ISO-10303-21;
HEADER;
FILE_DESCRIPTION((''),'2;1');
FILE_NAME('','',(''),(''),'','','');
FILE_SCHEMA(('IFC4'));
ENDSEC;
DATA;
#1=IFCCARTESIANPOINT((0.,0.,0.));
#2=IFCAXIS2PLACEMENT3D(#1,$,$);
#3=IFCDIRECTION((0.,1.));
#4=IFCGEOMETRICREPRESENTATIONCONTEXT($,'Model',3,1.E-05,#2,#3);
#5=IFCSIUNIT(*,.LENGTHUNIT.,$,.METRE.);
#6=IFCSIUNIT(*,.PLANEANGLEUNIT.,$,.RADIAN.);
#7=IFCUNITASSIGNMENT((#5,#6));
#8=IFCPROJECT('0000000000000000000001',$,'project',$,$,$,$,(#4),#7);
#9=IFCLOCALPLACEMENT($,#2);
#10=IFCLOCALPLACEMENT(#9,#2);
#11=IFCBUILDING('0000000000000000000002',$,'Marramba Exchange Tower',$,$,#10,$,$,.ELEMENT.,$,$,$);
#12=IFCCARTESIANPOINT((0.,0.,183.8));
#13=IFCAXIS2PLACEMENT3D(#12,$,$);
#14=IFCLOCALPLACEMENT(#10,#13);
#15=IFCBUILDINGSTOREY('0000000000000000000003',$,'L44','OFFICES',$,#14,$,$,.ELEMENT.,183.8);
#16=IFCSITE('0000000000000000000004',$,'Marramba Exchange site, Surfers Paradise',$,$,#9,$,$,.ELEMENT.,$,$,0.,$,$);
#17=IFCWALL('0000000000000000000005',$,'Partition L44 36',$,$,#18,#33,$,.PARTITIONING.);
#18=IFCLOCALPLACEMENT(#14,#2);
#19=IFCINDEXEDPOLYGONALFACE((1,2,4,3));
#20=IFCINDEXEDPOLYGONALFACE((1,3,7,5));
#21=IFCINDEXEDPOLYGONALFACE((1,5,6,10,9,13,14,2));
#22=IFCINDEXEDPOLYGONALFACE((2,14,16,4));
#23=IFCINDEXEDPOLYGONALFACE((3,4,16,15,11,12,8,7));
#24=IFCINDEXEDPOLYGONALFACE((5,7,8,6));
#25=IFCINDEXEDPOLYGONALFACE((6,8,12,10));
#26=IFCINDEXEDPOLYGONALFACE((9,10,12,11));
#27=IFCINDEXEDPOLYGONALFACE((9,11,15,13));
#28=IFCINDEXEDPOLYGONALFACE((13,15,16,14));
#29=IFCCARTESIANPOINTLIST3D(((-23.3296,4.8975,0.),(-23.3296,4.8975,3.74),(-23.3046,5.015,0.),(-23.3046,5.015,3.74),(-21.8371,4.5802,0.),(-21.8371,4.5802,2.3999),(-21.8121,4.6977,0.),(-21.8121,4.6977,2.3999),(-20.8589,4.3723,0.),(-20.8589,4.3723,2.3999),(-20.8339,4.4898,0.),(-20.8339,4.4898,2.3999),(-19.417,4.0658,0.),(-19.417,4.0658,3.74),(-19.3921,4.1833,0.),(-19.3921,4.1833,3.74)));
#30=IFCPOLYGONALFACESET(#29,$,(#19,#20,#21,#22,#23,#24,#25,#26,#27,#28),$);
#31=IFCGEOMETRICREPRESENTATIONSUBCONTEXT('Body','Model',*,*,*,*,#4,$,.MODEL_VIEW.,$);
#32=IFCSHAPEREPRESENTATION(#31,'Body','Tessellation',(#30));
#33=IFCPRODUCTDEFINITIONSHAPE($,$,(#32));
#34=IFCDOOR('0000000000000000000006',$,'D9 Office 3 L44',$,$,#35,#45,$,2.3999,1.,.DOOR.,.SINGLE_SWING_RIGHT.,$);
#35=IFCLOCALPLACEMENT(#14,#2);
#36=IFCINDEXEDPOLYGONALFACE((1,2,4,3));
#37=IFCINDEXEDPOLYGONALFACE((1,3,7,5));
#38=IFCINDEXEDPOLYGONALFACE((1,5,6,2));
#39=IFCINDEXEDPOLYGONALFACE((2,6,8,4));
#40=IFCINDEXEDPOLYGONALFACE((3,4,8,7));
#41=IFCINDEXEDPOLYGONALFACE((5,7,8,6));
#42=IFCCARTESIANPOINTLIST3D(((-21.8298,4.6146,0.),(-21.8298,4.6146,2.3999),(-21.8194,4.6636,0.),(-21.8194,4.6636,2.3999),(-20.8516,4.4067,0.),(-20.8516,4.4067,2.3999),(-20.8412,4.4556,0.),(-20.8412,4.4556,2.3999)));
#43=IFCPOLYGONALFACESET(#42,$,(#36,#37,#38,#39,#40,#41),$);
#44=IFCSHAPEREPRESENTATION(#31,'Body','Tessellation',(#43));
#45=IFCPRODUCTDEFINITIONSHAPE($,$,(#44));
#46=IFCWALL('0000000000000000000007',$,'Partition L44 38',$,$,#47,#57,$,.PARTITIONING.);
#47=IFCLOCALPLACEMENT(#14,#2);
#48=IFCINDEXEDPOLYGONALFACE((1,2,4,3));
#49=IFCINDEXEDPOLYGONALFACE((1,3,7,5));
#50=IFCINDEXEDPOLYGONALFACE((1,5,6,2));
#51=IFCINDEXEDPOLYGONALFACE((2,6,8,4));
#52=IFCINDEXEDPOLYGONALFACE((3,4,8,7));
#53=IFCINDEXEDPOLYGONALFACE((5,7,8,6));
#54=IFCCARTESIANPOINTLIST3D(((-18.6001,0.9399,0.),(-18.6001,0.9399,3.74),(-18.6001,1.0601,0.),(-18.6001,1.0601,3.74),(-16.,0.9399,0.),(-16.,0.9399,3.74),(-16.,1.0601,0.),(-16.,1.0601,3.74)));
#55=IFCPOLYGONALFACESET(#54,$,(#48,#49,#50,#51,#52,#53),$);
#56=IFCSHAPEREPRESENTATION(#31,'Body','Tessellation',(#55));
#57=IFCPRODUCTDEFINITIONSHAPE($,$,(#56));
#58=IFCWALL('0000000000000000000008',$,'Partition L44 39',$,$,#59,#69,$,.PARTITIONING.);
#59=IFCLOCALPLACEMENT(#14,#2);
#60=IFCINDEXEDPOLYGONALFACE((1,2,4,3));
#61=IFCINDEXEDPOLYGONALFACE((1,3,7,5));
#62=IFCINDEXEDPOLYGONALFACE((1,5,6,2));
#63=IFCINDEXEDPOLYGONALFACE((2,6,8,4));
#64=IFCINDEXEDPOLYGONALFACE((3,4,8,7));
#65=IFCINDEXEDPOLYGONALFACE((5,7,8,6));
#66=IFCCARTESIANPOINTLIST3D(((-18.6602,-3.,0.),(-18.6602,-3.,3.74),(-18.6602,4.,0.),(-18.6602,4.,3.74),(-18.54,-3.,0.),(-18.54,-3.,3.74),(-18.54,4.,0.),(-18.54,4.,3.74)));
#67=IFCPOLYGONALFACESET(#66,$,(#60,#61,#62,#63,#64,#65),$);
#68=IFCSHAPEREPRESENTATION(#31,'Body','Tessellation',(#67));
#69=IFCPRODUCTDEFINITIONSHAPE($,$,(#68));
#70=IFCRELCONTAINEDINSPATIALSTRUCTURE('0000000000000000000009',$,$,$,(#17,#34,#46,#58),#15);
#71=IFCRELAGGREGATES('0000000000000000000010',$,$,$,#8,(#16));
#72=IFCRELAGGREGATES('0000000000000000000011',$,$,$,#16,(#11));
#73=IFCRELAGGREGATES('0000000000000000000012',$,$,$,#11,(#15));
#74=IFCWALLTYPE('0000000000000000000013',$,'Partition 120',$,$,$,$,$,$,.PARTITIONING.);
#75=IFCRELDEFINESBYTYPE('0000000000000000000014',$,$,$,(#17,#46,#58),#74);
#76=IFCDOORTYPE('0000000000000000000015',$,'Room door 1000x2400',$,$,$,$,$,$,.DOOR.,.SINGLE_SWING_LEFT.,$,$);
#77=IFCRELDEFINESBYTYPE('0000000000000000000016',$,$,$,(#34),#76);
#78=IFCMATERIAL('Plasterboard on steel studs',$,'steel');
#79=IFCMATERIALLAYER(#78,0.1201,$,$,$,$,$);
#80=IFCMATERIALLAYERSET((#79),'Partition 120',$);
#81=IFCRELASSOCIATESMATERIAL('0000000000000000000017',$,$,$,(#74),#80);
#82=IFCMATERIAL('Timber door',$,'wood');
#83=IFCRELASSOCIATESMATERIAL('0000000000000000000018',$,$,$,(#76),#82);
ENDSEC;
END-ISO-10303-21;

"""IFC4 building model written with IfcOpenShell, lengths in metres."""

from ifc_helpers import new_model, si_unit, direction, frame, frame_2d, origin, place, context, subcontext, project, spatial, rectangle, extrude, material, layer, layer_set, type_object, element, fill, save


model = new_model("IFC4")

# Units and contexts
model_context = context("Model", 3, precision=1e-05, world=origin(), true_north=direction((0.0, 1.0)))
body_context = subcontext(model_context, "Body", "Model", "MODEL_VIEW")
ifc_project = project(units=[si_unit("LENGTHUNIT", "METRE"), si_unit("PLANEANGLEUNIT", "RADIAN")], contexts=[model_context])

# Site, building, storey
site_placement = place(None, origin())
site = spatial("IfcSite", under=ifc_project, at=site_placement, Name="Marramba Exchange site, Surfers Paradise", CompositionType="ELEMENT", RefElevation=0.0)
building_placement = place(site_placement, origin())
building = spatial("IfcBuilding", under=site, at=building_placement, Name="Marramba Exchange Tower", CompositionType="ELEMENT")
storey_placement = place(building_placement, frame((0.0, 0.0, 183.8)))
storey = spatial("IfcBuildingStorey", under=building, at=storey_placement, Name="L44", Description="OFFICES", CompositionType="ELEMENT", Elevation=183.8)

# Wall, opening, door
ifc_material_1 = material(Name="Plasterboard on steel studs", Category="steel")
ifc_layer_1 = layer(ifc_material_1, 0.1201)
ifc_layer_set_1 = layer_set([ifc_layer_1], Name="Partition 120")
wall_type_1 = type_object("IfcWallType", Name="Partition 120", PredefinedType="PARTITIONING", material=ifc_layer_set_1)
ifc_material_2 = material(Name="Timber door", Category="wood")
door_type_1 = type_object("IfcDoorType", Name="Room door 1000x2400", OperationType="SINGLE_SWING_LEFT", PredefinedType="DOOR", material=ifc_material_2)
wall_1_placement = place(storey_placement, frame((-19.4045, 4.1245, 0.0), z_axis=(0.0, 0.0, 1.0), x_axis=(-0.978141, 0.207945, 0.0)))
wall_1 = element("IfcWall", 1, at=wall_1_placement, inside=storey, type_object=wall_type_1, Name="Partition L44 36", PredefinedType="PARTITIONING", context=body_context, shape_type="SweptSolid", body=[
    extrude(rectangle(XDim=4.0, YDim=0.1201, at=frame_2d((2.0, 0.0))), origin(), (0.0, 0.0, 1.0), 3.74),
])
opening_1_placement = place(wall_1_placement, frame((1.4741, 0.0, 0.0)))
opening_1 = element("IfcOpeningElement", 2, at=opening_1_placement, cuts=wall_1, PredefinedType="OPENING", context=body_context, shape_type="SweptSolid", body=[
    extrude(rectangle(XDim=1.0, YDim=2.3999, at=frame_2d((0.5, 1.2))), frame((0.0, 0.0701, 0.0), z_axis=(0.0, -1.0, 0.0), x_axis=(1.0, 0.0, 0.0)), (0.0, 0.0, 1.0), 0.1401),
])
door_1_placement = place(opening_1_placement, origin())
door_1 = element("IfcDoor", 3, at=door_1_placement, inside=storey, type_object=door_type_1, Name="D9 Office 3 L44", OperationType="SINGLE_SWING_RIGHT", OverallHeight=2.3999, OverallWidth=1.0, PredefinedType="DOOR", context=body_context, shape_type="SweptSolid", body=[
    extrude(rectangle(XDim=1.0, YDim=2.3999, at=frame_2d((0.5, 1.2))), frame((0.0, 0.0249, 0.0), z_axis=(0.0, -1.0, 0.0), x_axis=(1.0, 0.0, 0.0)), (0.0, 0.0, 1.0), 0.05),
])
fill(opening_1, door_1)

# Walls
wall_2_placement = place(storey_placement, frame((-18.6001, 1.0, 0.0), z_axis=(0.0, 0.0, 1.0), x_axis=(1.0, 0.0, 0.0)))
element("IfcWall", 4, at=wall_2_placement, inside=storey, type_object=wall_type_1, Name="Partition L44 38", PredefinedType="PARTITIONING", context=body_context, shape_type="SweptSolid", body=[
    extrude(rectangle(XDim=2.6001, YDim=0.1201, at=frame_2d((1.3, 0.0))), origin(), (0.0, 0.0, 1.0), 3.74),
])
wall_3_placement = place(storey_placement, frame((-18.6001, 4.0, 0.0), z_axis=(0.0, 0.0, 1.0), x_axis=(0.0, -1.0, 0.0)))
element("IfcWall", 5, at=wall_3_placement, inside=storey, type_object=wall_type_1, Name="Partition L44 39", PredefinedType="PARTITIONING", context=body_context, shape_type="SweptSolid", body=[
    extrude(rectangle(XDim=7.0, YDim=0.1201, at=frame_2d((3.5, 0.0))), origin(), (0.0, 0.0, 1.0), 3.74),
])

save(model, "model.ifc")
